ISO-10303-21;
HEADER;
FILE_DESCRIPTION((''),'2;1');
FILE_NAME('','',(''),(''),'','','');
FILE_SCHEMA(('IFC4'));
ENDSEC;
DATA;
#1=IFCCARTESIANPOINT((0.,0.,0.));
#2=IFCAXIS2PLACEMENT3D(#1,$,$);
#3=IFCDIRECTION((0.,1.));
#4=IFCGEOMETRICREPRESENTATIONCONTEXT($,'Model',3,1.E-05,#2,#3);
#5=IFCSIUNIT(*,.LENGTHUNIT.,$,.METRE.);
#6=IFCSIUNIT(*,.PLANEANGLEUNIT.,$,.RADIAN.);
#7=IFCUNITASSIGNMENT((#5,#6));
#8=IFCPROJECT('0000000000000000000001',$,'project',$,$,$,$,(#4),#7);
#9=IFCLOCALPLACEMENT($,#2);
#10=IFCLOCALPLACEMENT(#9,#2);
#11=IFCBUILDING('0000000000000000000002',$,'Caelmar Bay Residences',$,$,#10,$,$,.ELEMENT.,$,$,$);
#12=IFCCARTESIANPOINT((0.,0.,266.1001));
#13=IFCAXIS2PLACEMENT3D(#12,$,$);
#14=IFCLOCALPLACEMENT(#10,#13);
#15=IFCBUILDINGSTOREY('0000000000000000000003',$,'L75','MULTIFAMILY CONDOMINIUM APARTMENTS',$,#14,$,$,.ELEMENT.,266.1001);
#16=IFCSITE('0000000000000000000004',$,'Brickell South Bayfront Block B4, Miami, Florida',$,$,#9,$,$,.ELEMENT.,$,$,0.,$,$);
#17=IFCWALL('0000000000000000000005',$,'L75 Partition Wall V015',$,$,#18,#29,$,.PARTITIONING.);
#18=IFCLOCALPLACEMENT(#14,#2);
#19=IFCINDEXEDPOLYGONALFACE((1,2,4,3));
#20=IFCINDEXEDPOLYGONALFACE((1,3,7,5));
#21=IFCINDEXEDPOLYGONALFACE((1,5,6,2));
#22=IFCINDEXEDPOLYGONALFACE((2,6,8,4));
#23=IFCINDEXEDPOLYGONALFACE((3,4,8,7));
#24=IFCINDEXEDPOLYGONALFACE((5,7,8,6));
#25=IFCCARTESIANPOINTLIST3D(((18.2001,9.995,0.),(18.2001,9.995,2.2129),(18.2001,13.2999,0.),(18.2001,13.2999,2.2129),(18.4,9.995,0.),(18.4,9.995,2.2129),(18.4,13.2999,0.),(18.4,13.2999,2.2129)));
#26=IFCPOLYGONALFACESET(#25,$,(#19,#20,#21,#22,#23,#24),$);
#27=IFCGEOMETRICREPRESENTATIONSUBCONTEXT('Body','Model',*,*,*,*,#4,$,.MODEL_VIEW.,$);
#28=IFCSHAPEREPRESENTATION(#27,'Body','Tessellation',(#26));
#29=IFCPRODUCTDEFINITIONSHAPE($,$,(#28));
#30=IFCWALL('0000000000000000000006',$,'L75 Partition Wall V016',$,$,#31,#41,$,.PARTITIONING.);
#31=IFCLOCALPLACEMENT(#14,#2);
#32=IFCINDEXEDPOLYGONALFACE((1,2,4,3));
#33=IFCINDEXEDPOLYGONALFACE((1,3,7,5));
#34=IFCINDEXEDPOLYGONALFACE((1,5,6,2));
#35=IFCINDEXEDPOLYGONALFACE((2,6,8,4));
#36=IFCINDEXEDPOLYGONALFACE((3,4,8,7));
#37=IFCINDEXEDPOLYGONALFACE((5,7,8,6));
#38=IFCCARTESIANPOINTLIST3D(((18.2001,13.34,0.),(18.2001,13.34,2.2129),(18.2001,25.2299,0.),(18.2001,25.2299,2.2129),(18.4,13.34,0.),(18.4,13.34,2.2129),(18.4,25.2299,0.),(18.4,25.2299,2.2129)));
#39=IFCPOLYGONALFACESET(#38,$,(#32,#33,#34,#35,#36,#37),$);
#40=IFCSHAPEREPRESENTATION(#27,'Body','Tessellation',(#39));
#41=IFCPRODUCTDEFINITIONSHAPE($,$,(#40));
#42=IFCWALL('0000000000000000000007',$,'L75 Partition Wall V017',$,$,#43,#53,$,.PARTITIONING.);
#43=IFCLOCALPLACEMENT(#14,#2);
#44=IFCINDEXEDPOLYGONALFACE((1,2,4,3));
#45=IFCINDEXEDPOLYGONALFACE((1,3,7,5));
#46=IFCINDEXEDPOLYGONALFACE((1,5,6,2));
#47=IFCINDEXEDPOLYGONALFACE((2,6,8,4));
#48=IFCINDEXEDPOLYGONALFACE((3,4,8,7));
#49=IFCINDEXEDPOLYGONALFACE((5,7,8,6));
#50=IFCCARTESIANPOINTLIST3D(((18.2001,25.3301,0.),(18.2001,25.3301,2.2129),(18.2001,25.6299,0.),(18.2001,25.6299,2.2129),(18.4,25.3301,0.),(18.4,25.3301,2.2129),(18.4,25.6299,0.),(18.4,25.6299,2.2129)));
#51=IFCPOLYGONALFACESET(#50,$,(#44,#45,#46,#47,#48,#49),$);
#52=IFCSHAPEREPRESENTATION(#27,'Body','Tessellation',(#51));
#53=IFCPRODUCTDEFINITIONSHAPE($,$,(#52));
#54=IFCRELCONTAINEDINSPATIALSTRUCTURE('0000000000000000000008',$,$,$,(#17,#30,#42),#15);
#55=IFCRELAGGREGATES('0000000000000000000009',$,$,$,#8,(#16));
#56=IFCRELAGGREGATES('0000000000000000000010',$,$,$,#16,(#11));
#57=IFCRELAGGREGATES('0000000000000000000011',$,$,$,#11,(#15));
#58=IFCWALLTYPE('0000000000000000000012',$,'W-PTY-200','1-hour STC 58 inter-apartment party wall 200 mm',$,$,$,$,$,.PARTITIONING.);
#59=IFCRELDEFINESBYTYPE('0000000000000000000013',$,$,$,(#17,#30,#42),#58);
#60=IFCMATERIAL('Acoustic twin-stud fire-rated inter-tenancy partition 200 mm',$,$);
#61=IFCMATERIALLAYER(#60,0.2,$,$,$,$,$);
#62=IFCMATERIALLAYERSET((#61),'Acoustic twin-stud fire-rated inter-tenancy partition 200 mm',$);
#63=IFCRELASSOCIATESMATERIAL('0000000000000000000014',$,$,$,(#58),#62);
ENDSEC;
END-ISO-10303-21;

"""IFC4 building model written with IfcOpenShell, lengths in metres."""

from ifc_helpers import new_model, si_unit, direction, frame, frame_2d, origin, place, context, subcontext, project, spatial, rectangle, extrude, material, layer, layer_set, type_object, element, save


model = new_model("IFC4")

# Units and contexts
model_context = context("Model", 3, precision=1e-05, world=origin(), true_north=direction((0.0, 1.0)))
body_context = subcontext(model_context, "Body", "Model", "MODEL_VIEW")
ifc_project = project(units=[si_unit("LENGTHUNIT", "METRE"), si_unit("PLANEANGLEUNIT", "RADIAN")], contexts=[model_context])

# Site, building, storey
site_placement = place(None, origin())
site = spatial("IfcSite", under=ifc_project, at=site_placement, Name="Brickell South Bayfront Block B4, Miami, Florida", CompositionType="ELEMENT", RefElevation=0.0)
building_placement = place(site_placement, origin())
building = spatial("IfcBuilding", under=site, at=building_placement, Name="Caelmar Bay Residences", CompositionType="ELEMENT")
storey_placement = place(building_placement, frame((0.0, 0.0, 266.1001)))
storey = spatial("IfcBuildingStorey", under=building, at=storey_placement, Name="L75", Description="MULTIFAMILY CONDOMINIUM APARTMENTS", CompositionType="ELEMENT", Elevation=266.1001)

# Walls
ifc_material_1 = material(Name="Acoustic twin-stud fire-rated inter-tenancy partition 200 mm")
ifc_layer_1 = layer(ifc_material_1, 0.2)
ifc_layer_set_1 = layer_set([ifc_layer_1], Name="Acoustic twin-stud fire-rated inter-tenancy partition 200 mm")
wall_type_1 = type_object("IfcWallType", Name="W-PTY-200", Description="1-hour STC 58 inter-apartment party wall 200 mm", PredefinedType="PARTITIONING", material=ifc_layer_set_1)
wall_1_placement = place(storey_placement, frame((18.3, 9.9951, 0.0), z_axis=(0.0, 0.0, 1.0), x_axis=(0.0, 1.0, 0.0)))
element("IfcWall", 1, at=wall_1_placement, inside=storey, type_object=wall_type_1, Name="L75 Partition Wall V015", PredefinedType="PARTITIONING", context=body_context, shape_type="SweptSolid", body=[
    extrude(rectangle(XDim=3.3049, YDim=0.2, at=frame_2d((1.6523, 0.0))), origin(), (0.0, 0.0, 1.0), 2.2129),
])
wall_2_placement = place(storey_placement, frame((18.3, 13.3401, 0.0), z_axis=(0.0, 0.0, 1.0), x_axis=(0.0, 1.0, 0.0)))
element("IfcWall", 2, at=wall_2_placement, inside=storey, type_object=wall_type_1, Name="L75 Partition Wall V016", PredefinedType="PARTITIONING", context=body_context, shape_type="SweptSolid", body=[
    extrude(rectangle(XDim=11.8899, YDim=0.2, at=frame_2d((5.9448, 0.0))), origin(), (0.0, 0.0, 1.0), 2.2129),
])
wall_3_placement = place(storey_placement, frame((18.3, 25.3301, 0.0), z_axis=(0.0, 0.0, 1.0), x_axis=(0.0, 1.0, 0.0)))
element("IfcWall", 3, at=wall_3_placement, inside=storey, type_object=wall_type_1, Name="L75 Partition Wall V017", PredefinedType="PARTITIONING", context=body_context, shape_type="SweptSolid", body=[
    extrude(rectangle(XDim=0.2998, YDim=0.2, at=frame_2d((0.1499, 0.0))), origin(), (0.0, 0.0, 1.0), 2.2129),
])

save(model, "model.ifc")
